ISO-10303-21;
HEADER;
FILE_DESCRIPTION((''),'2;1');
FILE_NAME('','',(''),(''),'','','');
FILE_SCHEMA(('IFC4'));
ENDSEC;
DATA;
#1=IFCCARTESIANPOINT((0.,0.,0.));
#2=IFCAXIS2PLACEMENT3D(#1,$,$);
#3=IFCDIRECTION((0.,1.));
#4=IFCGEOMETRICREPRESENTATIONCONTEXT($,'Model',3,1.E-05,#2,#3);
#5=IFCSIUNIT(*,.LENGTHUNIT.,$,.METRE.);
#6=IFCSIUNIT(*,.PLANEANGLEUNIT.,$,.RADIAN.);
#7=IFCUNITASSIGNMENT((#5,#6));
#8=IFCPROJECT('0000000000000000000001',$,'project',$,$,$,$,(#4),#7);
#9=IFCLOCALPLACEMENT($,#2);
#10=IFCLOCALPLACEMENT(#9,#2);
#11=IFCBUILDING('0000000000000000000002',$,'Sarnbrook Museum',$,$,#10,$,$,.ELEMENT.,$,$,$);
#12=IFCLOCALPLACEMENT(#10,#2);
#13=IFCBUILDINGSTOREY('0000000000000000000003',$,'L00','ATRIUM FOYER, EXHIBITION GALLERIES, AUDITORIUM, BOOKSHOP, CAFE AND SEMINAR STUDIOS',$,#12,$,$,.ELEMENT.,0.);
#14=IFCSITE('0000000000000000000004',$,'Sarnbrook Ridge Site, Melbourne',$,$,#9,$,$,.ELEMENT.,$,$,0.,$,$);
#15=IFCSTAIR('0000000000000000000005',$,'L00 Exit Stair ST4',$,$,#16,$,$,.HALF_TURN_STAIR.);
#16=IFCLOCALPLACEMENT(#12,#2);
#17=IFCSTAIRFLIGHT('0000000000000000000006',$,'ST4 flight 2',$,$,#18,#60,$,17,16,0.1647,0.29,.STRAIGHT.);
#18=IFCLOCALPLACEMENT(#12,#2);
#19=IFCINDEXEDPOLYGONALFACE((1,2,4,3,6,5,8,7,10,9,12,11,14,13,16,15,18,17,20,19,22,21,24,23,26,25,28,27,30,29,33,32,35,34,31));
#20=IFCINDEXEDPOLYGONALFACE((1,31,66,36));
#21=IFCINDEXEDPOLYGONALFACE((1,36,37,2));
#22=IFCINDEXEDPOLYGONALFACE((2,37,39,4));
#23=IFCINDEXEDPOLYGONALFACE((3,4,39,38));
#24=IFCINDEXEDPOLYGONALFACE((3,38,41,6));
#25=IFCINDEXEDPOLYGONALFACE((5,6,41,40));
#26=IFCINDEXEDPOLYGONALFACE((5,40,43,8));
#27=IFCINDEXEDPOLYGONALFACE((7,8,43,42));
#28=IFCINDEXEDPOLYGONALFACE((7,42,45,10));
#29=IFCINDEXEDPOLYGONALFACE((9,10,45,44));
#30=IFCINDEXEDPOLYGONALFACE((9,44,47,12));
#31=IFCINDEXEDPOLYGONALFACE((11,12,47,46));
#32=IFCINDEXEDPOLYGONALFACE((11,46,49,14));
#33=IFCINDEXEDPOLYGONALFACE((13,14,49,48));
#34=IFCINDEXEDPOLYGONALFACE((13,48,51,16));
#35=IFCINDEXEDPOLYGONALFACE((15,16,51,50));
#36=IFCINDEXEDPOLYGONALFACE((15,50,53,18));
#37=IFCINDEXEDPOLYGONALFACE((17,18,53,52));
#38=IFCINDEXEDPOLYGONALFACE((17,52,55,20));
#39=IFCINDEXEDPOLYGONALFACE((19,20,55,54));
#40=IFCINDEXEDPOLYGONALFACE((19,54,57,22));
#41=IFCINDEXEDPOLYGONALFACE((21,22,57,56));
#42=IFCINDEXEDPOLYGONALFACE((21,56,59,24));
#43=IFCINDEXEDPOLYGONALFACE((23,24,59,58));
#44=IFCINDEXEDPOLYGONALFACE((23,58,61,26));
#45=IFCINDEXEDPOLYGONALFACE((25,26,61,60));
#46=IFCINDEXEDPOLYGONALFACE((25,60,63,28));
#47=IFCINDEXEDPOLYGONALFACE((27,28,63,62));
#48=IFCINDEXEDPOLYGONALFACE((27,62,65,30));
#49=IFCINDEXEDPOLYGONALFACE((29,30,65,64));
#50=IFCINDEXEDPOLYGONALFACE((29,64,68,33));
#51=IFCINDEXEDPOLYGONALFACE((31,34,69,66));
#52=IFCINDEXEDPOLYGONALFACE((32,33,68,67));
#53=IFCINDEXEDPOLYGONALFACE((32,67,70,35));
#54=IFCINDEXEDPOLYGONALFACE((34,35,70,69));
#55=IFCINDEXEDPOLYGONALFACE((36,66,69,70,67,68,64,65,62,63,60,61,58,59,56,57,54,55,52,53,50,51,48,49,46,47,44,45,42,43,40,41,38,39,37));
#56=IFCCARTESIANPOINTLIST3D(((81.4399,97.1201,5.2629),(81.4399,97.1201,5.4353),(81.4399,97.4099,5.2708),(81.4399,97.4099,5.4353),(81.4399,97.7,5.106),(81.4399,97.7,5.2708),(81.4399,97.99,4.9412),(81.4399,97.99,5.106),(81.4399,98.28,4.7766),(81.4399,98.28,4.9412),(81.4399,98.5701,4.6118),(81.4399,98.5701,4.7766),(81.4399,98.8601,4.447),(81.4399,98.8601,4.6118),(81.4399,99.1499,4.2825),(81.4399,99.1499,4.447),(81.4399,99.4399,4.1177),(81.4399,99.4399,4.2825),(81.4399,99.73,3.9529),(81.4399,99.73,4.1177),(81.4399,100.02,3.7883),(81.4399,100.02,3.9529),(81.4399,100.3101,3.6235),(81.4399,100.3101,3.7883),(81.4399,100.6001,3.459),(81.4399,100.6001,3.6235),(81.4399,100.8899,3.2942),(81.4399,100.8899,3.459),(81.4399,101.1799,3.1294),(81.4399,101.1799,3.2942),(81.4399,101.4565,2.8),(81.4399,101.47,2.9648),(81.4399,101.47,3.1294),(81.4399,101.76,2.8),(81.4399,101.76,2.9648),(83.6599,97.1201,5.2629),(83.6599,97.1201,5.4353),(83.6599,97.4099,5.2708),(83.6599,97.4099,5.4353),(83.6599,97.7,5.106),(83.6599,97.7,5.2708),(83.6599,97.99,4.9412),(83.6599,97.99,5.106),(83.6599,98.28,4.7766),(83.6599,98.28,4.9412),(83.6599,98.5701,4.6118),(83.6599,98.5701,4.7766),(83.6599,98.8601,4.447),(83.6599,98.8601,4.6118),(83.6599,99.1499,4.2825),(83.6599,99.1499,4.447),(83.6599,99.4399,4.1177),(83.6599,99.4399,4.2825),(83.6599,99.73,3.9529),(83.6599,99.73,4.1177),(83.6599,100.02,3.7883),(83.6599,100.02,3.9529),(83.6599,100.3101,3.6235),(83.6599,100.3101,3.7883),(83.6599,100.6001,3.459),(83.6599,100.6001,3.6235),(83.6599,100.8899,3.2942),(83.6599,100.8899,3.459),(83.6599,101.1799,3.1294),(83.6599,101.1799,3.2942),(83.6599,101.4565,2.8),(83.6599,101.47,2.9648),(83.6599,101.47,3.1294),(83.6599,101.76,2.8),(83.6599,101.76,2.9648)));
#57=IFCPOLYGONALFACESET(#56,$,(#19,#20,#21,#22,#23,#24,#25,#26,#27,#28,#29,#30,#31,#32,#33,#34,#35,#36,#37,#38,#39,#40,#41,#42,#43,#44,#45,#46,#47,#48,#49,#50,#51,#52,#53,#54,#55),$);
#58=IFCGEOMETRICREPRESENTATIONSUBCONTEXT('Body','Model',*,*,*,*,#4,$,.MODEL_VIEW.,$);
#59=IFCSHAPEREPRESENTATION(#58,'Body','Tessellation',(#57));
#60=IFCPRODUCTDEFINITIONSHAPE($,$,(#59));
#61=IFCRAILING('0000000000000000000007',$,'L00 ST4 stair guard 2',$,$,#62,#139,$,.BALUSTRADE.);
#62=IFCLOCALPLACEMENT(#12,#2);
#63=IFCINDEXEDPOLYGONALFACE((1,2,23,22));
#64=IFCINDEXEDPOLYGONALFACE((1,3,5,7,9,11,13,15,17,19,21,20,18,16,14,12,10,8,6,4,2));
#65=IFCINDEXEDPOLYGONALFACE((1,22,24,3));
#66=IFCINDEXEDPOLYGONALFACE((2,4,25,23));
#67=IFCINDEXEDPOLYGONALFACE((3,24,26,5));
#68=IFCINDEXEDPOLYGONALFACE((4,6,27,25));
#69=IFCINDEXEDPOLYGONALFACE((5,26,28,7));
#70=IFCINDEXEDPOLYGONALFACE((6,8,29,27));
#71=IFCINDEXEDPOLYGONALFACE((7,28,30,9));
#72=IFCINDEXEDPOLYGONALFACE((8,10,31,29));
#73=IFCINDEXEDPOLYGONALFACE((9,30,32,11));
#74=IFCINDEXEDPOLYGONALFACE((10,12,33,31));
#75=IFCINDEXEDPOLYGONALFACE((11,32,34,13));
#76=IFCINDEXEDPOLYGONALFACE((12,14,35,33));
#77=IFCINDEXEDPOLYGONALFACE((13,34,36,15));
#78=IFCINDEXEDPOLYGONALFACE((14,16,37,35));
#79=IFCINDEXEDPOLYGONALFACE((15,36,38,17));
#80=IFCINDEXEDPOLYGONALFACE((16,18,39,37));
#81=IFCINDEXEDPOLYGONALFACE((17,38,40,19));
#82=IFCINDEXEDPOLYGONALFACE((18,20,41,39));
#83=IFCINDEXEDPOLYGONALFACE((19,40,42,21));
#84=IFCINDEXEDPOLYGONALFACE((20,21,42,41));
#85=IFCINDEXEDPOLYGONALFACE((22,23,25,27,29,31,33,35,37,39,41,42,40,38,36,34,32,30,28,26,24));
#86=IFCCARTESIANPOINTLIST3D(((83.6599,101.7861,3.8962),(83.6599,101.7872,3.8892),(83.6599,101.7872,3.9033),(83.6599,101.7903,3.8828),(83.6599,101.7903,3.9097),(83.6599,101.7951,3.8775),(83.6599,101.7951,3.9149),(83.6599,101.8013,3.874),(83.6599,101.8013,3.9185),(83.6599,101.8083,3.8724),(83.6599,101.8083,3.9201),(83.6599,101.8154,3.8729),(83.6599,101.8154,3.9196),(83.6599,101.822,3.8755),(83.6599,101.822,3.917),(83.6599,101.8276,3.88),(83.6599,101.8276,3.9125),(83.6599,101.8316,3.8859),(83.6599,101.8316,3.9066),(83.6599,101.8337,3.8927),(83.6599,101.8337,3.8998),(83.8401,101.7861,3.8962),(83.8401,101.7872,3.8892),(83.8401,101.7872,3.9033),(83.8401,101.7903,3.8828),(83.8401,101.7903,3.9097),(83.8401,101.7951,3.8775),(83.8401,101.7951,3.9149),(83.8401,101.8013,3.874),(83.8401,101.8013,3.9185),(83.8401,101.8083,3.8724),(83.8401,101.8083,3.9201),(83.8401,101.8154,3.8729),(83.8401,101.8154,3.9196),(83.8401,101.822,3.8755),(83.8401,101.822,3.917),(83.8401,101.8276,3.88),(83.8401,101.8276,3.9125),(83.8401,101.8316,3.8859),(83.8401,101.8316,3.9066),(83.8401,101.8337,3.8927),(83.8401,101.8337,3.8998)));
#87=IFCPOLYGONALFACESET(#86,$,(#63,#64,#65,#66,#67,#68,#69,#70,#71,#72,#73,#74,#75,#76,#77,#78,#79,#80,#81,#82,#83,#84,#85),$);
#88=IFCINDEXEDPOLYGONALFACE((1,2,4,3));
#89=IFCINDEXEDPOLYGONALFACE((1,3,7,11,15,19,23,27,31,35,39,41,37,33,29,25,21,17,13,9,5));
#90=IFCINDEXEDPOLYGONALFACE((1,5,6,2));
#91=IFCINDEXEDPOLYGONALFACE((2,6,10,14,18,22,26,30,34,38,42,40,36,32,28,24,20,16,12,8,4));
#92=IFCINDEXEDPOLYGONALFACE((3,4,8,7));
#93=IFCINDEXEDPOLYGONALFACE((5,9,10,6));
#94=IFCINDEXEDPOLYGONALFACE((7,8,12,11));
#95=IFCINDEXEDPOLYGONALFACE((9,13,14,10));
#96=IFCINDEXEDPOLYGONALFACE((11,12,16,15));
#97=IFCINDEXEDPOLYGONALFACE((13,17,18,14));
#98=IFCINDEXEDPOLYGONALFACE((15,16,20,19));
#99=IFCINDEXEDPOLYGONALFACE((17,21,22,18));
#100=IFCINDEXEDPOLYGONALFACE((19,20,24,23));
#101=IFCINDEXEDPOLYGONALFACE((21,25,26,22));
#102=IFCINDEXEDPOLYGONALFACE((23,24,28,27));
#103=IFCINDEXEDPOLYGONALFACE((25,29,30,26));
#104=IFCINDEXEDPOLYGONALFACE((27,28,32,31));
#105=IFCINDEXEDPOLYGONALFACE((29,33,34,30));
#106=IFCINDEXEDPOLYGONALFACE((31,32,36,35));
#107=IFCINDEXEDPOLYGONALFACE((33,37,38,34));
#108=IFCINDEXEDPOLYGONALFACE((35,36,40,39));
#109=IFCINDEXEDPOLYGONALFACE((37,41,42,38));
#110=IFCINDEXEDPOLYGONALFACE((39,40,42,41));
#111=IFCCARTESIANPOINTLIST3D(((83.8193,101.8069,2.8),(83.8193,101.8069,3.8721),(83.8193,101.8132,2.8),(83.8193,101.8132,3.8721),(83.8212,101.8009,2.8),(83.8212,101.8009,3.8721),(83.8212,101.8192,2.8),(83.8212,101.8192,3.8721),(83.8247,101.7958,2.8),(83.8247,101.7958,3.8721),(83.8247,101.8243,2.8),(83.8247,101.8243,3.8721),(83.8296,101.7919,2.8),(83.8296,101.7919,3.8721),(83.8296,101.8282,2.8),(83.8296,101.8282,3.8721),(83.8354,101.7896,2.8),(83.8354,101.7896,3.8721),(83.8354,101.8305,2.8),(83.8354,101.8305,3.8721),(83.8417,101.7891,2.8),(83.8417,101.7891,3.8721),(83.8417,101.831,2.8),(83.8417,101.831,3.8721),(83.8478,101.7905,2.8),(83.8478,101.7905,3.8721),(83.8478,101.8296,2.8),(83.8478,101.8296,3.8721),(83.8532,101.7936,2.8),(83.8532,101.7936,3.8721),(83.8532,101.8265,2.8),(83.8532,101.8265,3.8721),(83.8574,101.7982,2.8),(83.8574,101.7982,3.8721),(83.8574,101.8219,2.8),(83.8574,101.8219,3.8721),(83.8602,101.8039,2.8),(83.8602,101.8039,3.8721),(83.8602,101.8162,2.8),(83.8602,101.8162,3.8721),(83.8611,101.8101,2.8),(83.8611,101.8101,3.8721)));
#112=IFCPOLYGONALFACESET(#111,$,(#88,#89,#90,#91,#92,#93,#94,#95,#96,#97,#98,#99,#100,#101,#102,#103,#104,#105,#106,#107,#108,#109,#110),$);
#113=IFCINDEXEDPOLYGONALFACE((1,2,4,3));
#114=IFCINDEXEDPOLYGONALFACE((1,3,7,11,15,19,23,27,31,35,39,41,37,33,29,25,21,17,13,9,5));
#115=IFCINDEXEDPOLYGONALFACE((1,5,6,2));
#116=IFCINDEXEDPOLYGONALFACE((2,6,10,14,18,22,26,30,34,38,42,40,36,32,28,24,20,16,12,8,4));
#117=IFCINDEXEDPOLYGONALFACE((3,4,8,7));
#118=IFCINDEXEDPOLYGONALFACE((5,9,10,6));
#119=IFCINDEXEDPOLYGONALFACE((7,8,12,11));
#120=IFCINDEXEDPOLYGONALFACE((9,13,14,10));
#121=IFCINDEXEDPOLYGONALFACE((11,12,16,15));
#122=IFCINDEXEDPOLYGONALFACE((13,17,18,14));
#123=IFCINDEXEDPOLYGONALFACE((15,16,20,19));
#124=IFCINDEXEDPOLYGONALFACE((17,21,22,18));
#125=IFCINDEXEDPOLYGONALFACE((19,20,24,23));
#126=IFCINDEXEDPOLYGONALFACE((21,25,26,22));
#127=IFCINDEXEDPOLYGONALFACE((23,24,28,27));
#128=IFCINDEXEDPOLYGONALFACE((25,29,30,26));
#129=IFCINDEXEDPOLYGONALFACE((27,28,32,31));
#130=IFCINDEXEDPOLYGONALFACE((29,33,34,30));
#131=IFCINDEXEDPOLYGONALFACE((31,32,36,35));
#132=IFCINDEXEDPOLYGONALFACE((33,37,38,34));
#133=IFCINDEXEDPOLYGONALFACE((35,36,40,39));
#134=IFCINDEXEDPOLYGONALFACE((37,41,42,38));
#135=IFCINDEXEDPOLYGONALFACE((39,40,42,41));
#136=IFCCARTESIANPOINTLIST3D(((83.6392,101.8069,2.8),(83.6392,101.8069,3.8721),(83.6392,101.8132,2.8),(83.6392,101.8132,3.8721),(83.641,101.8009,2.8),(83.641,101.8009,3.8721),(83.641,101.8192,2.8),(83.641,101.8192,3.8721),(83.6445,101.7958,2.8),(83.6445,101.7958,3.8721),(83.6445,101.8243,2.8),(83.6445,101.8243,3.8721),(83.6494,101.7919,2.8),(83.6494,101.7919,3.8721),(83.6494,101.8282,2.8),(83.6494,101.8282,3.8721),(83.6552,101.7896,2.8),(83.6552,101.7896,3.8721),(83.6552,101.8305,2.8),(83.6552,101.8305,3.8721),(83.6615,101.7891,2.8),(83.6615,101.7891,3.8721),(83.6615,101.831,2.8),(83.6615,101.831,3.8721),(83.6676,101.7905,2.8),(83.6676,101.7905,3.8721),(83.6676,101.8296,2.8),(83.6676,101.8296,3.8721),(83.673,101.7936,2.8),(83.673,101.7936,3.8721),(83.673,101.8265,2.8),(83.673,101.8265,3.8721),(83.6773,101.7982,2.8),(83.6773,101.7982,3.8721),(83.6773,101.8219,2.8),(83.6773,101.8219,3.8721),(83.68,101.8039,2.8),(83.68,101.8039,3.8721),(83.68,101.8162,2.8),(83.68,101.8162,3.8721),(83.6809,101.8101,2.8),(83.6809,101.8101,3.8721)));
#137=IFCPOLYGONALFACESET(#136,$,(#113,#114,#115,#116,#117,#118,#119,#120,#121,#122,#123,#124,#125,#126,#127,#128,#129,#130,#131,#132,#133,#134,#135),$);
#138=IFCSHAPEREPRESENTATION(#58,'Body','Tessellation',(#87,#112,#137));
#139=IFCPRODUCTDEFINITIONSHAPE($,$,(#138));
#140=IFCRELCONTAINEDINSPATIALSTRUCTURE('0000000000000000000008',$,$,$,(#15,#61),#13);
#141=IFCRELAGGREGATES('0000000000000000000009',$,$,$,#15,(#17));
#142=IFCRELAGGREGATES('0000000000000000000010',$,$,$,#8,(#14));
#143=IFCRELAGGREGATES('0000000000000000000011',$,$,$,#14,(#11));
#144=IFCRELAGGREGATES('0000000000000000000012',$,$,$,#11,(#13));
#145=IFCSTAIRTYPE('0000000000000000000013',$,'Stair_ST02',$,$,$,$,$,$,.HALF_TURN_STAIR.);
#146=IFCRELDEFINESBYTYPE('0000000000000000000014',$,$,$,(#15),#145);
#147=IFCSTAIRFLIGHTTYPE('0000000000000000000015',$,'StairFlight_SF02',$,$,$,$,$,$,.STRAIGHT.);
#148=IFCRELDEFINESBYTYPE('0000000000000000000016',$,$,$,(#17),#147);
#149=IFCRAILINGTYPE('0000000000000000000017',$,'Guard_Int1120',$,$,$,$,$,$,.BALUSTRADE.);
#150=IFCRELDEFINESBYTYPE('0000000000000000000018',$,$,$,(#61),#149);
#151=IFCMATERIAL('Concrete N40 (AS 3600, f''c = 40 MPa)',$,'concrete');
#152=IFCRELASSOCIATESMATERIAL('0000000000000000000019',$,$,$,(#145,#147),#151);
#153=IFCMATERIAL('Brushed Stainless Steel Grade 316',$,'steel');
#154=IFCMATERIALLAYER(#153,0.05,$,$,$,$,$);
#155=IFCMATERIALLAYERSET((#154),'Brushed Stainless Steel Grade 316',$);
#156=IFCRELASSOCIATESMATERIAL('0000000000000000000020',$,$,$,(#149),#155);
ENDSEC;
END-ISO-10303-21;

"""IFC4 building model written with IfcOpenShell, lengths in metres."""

from ifc_helpers import new_model, si_unit, direction, frame, origin, origin_2d, place, context, subcontext, project, spatial, polyline, circle, outline, extrude, material, layer, layer_set, type_object, element, aggregate, save


model = new_model("IFC4")

# Units and contexts
model_context = context("Model", 3, precision=1e-05, world=origin(), true_north=direction((0.0, 1.0)))
body_context = subcontext(model_context, "Body", "Model", "MODEL_VIEW")
ifc_project = project(units=[si_unit("LENGTHUNIT", "METRE"), si_unit("PLANEANGLEUNIT", "RADIAN")], contexts=[model_context])

# Site, building, storey
site_placement = place(None, origin())
site = spatial("IfcSite", under=ifc_project, at=site_placement, Name="Sarnbrook Ridge Site, Melbourne", CompositionType="ELEMENT", RefElevation=0.0)
building_placement = place(site_placement, origin())
building = spatial("IfcBuilding", under=site, at=building_placement, Name="Sarnbrook Museum", CompositionType="ELEMENT")
storey_placement = place(building_placement, origin())
storey = spatial("IfcBuildingStorey", under=building, at=storey_placement, Name="L00", Description="ATRIUM FOYER, EXHIBITION GALLERIES, AUDITORIUM, BOOKSHOP, CAFE AND SEMINAR STUDIOS", CompositionType="ELEMENT", Elevation=0.0)

# Shared definitions
ifc_material_1 = material(Name="Brushed Stainless Steel Grade 316", Category="steel")

# Stair, stair flight
ifc_material_2 = material(Name="Concrete N40 (AS 3600, f'c = 40 MPa)", Category="concrete")
stair_type = type_object("IfcStairType", Name="Stair_ST02", PredefinedType="HALF_TURN_STAIR", material=ifc_material_2)
stair_placement = place(storey_placement, origin())
stair = element("IfcStair", 1, at=stair_placement, inside=storey, type_object=stair_type, Name="L00 Exit Stair ST4", PredefinedType="HALF_TURN_STAIR")
stair_flight_type = type_object("IfcStairFlightType", Name="StairFlight_SF02", PredefinedType="STRAIGHT", material=ifc_material_2)
stair_flight_placement = place(storey_placement, frame((82.55, 101.76, 2.8), z_axis=(0.0, 0.0, 1.0), x_axis=(0.0, -1.0, 0.0)))
stair_flight = element("IfcStairFlight", 2, at=stair_flight_placement, type_object=stair_flight_type, Name="ST4 flight 2", NumberOfRisers=17, NumberOfTreads=16, PredefinedType="STRAIGHT", RiserHeight=0.1647, TreadLength=0.29, context=body_context, shape_type="SweptSolid", body=[
    extrude(outline(polyline([(0.0, 0.0), (0.0, 0.1648), (0.29, 0.1648), (0.29, 0.3293), (0.5801, 0.3293), (0.5801, 0.4941), (0.8701, 0.4941), (0.8701, 0.6589), (1.1599, 0.6589), (1.1599, 0.8235), (1.45, 0.8235), (1.45, 0.9883), (1.74, 0.9883), (1.74, 1.1528), (2.03, 1.1528), (2.03, 1.3176), (2.3201, 1.3176), (2.3201, 1.4824), (2.6101, 1.4824), (2.6101, 1.647), (2.8999, 1.647), (2.8999, 1.8118), (3.1899, 1.8118), (3.1899, 1.9766), (3.48, 1.9766), (3.48, 2.1411), (3.77, 2.1411), (3.77, 2.3059), (4.0601, 2.3059), (4.0601, 2.4707), (4.3501, 2.4707), (4.3501, 2.6353), (4.6399, 2.6353), (4.6399, 2.8), (4.6399, 2.4629), (0.3035, 0.0), (0.0, 0.0)])), frame((0.0, 1.1099, 0.0), z_axis=(0.0, -1.0, 0.0), x_axis=(1.0, 0.0, 0.0)), (0.0, 0.0, 1.0), 2.22),
])
aggregate(stair, [stair_flight])

# Railing
ifc_layer_1 = layer(ifc_material_1, 0.05)
ifc_layer_set_1 = layer_set([ifc_layer_1], Name="Brushed Stainless Steel Grade 316")
railing_type_1 = type_object("IfcRailingType", Name="Guard_Int1120", PredefinedType="BALUSTRADE", material=ifc_layer_set_1)
railing_1_placement = place(storey_placement, frame((83.8401, 101.8101, 2.8)))
element("IfcRailing", 3, at=railing_1_placement, inside=storey, type_object=railing_type_1, Name="L00 ST4 stair guard 2", PredefinedType="BALUSTRADE", context=body_context, shape_type="SweptSolid", body=[
    extrude(circle(Radius=0.0239, at=origin_2d()), frame((0.0, 0.0, 1.0962), z_axis=(-1.0, 0.0, 0.0), x_axis=(0.0, -1.0, 0.0)), (0.0, 0.0, 1.0), 0.1802),
    extrude(circle(Radius=0.021, at=origin_2d()), origin(), (0.0, 0.0, 1.0), 1.072),
    extrude(circle(Radius=0.021, at=origin_2d()), frame((-0.1802, 0.0, 0.0)), (0.0, 0.0, 1.0), 1.072),
])

save(model, "model.ifc")
